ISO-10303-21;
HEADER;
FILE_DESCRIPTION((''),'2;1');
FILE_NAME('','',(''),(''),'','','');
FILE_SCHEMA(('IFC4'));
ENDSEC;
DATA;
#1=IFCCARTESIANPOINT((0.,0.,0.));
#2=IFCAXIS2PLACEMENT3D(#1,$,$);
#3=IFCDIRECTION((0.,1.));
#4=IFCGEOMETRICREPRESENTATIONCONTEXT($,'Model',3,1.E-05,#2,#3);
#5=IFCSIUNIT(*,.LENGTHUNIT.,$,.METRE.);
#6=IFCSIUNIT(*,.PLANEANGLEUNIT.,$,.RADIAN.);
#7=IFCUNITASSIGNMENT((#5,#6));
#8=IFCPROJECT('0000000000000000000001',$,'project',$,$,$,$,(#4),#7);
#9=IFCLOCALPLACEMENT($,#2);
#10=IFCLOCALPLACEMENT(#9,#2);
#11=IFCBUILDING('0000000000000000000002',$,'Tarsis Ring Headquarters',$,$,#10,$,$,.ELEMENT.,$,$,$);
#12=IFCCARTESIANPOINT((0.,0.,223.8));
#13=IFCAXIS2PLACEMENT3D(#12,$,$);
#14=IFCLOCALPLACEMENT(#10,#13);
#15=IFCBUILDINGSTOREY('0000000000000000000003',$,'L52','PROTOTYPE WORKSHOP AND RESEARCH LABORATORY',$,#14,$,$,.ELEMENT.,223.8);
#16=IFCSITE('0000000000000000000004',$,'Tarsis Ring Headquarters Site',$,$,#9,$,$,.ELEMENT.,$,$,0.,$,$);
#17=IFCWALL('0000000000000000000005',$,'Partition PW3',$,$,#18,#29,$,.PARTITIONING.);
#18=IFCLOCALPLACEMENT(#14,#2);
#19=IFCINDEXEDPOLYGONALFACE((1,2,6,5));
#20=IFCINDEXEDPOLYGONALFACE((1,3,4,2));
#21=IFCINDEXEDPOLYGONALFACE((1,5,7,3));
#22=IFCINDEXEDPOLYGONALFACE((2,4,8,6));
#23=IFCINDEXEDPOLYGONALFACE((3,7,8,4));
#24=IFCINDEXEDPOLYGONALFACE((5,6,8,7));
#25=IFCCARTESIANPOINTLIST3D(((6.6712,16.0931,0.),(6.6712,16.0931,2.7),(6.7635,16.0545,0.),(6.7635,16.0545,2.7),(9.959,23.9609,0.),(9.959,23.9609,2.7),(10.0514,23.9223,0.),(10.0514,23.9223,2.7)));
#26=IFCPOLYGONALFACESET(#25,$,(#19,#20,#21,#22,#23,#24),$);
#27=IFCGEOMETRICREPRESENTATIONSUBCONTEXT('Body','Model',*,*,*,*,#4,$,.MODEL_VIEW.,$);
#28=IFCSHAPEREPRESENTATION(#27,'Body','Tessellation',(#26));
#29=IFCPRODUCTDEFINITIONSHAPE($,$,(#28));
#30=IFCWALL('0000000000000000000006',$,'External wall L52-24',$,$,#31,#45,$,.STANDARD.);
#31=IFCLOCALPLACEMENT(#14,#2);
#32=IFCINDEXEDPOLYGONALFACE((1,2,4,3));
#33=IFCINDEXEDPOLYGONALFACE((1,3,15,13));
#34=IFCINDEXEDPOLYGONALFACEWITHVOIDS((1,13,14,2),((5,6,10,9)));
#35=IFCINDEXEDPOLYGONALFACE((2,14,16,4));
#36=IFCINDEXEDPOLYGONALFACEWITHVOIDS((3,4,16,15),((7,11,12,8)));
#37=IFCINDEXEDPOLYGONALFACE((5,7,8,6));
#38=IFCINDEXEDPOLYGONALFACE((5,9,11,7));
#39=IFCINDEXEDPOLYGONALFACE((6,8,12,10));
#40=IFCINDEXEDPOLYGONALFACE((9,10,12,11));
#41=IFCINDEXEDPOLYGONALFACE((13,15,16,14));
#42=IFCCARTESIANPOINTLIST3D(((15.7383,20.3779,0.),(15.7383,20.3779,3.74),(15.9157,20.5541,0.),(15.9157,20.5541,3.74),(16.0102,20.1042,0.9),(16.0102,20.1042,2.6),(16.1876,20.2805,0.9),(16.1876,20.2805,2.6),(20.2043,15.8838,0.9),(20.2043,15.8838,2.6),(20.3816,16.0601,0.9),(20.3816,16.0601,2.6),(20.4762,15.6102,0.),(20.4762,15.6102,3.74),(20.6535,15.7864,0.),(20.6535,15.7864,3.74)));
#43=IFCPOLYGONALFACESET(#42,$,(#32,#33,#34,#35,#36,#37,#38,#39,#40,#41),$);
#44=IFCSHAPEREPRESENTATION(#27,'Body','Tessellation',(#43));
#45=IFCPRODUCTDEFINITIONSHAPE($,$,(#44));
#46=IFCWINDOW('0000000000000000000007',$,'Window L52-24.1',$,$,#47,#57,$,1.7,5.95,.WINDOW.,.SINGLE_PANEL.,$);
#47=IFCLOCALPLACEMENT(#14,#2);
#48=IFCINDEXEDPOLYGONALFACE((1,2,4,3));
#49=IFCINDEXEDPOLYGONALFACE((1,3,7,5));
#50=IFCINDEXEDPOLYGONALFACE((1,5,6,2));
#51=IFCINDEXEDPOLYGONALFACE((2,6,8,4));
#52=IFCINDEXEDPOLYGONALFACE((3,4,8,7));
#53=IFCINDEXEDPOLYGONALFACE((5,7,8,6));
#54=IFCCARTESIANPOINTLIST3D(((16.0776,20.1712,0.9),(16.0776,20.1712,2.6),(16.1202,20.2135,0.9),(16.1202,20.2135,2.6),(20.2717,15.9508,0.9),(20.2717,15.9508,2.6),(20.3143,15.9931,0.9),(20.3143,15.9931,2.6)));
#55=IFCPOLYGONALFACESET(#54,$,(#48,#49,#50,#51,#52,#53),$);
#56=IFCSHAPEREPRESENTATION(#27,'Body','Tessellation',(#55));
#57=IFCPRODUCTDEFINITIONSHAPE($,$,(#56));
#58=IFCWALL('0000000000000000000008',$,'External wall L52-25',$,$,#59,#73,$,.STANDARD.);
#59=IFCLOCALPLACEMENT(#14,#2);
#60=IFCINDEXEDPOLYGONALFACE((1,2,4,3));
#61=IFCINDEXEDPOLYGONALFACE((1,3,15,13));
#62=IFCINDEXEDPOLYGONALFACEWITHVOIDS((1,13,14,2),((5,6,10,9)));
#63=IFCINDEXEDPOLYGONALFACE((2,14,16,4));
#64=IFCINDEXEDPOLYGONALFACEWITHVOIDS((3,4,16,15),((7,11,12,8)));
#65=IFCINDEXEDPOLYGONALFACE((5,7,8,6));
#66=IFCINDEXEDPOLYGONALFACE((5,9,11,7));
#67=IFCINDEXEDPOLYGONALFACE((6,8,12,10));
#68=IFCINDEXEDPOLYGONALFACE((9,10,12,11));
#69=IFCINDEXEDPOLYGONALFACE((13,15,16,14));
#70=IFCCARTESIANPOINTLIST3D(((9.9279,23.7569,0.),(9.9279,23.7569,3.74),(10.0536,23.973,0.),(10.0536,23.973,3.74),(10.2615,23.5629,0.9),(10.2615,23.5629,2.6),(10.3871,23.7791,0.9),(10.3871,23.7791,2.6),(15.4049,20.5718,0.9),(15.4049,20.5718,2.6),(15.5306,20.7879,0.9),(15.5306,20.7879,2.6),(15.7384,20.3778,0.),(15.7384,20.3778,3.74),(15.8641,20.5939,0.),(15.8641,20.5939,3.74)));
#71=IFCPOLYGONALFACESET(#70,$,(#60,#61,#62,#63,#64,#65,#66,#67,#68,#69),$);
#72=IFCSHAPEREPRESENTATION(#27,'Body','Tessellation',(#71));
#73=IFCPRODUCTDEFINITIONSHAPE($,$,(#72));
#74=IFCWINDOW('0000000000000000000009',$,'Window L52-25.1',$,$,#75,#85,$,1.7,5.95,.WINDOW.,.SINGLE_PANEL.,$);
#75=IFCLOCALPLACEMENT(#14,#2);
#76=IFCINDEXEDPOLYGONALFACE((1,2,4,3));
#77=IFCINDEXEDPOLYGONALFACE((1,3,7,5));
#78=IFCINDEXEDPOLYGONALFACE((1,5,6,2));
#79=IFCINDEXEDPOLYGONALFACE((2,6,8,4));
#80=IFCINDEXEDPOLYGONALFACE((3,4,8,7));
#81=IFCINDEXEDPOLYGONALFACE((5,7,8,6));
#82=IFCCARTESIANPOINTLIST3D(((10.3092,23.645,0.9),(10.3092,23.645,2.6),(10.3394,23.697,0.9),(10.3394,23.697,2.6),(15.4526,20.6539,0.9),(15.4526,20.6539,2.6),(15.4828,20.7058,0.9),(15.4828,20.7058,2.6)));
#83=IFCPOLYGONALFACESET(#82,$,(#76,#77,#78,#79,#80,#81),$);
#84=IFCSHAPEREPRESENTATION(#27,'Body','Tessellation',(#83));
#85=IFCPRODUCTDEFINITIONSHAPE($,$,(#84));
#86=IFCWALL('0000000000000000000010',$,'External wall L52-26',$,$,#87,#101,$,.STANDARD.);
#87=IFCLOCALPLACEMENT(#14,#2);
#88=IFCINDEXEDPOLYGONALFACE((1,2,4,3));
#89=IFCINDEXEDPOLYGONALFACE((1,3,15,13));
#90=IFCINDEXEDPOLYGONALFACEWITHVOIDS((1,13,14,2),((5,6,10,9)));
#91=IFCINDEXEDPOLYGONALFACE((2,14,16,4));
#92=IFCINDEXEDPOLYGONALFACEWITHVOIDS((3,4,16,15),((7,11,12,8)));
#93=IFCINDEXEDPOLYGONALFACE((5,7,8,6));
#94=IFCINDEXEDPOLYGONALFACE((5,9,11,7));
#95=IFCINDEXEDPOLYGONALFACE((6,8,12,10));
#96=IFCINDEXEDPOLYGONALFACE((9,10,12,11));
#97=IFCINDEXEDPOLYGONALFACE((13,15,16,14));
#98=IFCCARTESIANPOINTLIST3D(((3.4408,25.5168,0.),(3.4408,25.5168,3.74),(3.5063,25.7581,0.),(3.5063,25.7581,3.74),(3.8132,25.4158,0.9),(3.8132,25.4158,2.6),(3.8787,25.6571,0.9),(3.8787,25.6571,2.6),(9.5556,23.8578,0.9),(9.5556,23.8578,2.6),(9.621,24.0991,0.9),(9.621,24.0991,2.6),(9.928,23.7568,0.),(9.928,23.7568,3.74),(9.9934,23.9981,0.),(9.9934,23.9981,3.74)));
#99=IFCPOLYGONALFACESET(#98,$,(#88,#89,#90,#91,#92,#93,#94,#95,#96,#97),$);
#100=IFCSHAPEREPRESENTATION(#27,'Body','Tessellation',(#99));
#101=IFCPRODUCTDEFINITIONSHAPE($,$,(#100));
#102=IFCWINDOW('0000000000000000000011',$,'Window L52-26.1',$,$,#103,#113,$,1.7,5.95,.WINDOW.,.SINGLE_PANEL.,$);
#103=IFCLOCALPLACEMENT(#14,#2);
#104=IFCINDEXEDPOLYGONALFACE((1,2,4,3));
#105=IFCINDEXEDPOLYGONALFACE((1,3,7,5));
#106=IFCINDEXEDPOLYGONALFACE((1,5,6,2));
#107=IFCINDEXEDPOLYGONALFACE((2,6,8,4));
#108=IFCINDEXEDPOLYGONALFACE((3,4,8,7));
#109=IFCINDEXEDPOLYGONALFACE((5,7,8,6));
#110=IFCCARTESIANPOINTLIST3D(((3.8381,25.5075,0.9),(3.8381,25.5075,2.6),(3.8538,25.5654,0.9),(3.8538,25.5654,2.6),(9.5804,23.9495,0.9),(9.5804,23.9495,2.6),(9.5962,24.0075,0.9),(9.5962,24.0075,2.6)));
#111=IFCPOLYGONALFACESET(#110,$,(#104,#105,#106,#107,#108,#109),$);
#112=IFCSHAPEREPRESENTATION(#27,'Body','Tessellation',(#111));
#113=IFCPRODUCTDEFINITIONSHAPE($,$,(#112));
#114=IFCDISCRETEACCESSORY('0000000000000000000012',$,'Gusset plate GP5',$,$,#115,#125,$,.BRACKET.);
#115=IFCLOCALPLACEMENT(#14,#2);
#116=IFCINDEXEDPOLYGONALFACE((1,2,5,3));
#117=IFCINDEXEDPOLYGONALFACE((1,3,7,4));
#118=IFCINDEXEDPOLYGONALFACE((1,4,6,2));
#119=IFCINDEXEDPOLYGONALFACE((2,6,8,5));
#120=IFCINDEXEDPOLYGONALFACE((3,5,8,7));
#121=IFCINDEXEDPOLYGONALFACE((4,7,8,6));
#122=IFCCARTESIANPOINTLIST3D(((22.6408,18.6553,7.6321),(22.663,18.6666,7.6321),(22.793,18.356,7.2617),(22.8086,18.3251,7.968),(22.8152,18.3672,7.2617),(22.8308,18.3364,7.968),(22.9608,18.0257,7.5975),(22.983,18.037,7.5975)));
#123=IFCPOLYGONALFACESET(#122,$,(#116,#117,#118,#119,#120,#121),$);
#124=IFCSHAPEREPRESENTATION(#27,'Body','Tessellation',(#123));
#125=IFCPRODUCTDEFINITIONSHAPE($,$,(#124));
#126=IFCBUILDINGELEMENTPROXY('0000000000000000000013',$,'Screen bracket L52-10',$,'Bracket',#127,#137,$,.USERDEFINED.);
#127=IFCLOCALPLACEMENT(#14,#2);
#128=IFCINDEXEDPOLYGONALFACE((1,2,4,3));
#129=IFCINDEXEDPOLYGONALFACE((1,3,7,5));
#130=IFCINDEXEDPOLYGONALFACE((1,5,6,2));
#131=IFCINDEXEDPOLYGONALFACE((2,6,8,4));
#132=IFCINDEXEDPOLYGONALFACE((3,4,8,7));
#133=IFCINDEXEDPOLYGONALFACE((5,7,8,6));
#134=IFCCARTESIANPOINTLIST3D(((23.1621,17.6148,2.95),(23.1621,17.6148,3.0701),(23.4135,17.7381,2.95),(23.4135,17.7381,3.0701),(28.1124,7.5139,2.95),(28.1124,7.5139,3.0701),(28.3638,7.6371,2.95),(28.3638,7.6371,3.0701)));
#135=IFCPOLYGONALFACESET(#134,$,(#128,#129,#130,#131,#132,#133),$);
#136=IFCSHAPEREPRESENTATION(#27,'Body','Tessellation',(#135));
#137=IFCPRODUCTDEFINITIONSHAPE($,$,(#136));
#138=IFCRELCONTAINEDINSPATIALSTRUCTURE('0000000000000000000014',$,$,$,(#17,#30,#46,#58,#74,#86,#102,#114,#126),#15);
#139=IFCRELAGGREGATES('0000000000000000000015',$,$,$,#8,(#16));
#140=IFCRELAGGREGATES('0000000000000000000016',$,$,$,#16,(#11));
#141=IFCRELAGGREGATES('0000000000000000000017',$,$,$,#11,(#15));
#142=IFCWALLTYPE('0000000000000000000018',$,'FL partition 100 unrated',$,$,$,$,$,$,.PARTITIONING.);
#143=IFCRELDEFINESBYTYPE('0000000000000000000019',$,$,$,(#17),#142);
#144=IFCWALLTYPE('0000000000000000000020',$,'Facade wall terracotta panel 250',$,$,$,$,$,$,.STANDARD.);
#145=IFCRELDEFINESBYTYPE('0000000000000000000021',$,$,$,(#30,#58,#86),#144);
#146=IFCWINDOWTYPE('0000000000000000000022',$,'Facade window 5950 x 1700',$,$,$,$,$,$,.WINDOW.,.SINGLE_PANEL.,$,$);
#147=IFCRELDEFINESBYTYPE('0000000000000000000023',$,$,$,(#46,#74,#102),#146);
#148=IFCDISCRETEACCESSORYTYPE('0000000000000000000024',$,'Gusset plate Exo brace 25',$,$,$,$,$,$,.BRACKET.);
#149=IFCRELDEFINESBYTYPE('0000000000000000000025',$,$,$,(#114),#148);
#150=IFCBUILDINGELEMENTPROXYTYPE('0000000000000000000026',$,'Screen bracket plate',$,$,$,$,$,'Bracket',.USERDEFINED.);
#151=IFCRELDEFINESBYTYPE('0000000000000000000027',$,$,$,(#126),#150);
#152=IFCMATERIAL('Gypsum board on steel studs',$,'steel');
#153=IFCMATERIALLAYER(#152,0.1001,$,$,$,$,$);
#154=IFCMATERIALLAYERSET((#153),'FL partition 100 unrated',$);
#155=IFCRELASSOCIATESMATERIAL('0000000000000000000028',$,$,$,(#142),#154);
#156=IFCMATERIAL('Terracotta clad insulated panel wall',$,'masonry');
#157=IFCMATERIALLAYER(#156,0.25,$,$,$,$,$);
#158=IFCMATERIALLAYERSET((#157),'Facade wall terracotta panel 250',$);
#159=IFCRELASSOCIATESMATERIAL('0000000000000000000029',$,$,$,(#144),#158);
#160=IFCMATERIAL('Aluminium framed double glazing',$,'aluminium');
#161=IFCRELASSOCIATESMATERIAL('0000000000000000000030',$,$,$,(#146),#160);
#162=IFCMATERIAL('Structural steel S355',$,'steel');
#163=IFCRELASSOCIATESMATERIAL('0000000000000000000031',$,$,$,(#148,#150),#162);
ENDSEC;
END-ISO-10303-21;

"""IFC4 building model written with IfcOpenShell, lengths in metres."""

from ifc_helpers import new_model, si_unit, direction, frame, frame_2d, origin, origin_2d, place, context, subcontext, project, spatial, rectangle, extrude, material, layer, layer_set, material_profile, profile_set, type_object, element, fill, save


model = new_model("IFC4")

# Units and contexts
model_context = context("Model", 3, precision=1e-05, world=origin(), true_north=direction((0.0, 1.0)))
body_context = subcontext(model_context, "Body", "Model", "MODEL_VIEW")
ifc_project = project(units=[si_unit("LENGTHUNIT", "METRE"), si_unit("PLANEANGLEUNIT", "RADIAN")], contexts=[model_context])

# Site, building, storey
site_placement = place(None, origin())
site = spatial("IfcSite", under=ifc_project, at=site_placement, Name="Tarsis Ring Headquarters Site", CompositionType="ELEMENT", RefElevation=0.0)
building_placement = place(site_placement, origin())
building = spatial("IfcBuilding", under=site, at=building_placement, Name="Tarsis Ring Headquarters", CompositionType="ELEMENT")
storey_placement = place(building_placement, frame((0.0, 0.0, 223.8)))
storey = spatial("IfcBuildingStorey", under=building, at=storey_placement, Name="L52", Description="PROTOTYPE WORKSHOP AND RESEARCH LABORATORY", CompositionType="ELEMENT", Elevation=223.8)

# Shared definitions
ifc_material_1 = material(Name="Structural steel S355", Category="steel")

# Wall
ifc_material_2 = material(Name="Gypsum board on steel studs", Category="steel")
ifc_layer_1 = layer(ifc_material_2, 0.1001)
ifc_layer_set_1 = layer_set([ifc_layer_1], Name="FL partition 100 unrated")
wall_type_1 = type_object("IfcWallType", Name="FL partition 100 unrated", PredefinedType="PARTITIONING", material=ifc_layer_set_1)
wall_1_placement = place(storey_placement, frame((6.7173, 16.0737, 0.0), z_axis=(0.0, 0.0, 1.0), x_axis=(0.385579, 0.922675, 0.0)))
element("IfcWall", 1, at=wall_1_placement, inside=storey, type_object=wall_type_1, Name="Partition PW3", PredefinedType="PARTITIONING", context=body_context, shape_type="SweptSolid", body=[
    extrude(rectangle(XDim=8.5271, YDim=0.1001, at=frame_2d((4.2637, 0.0))), origin(), (0.0, 0.0, 1.0), 2.7),
])

# Walls, openings, windows
ifc_material_3 = material(Name="Terracotta clad insulated panel wall", Category="masonry")
ifc_layer_2 = layer(ifc_material_3, 0.25)
ifc_layer_set_2 = layer_set([ifc_layer_2], Name="Facade wall terracotta panel 250")
wall_type_2 = type_object("IfcWallType", Name="Facade wall terracotta panel 250", PredefinedType="STANDARD", material=ifc_layer_set_2)
wall_2_placement = place(storey_placement, frame((20.5649, 15.6982, 0.0), z_axis=(0.0, 0.0, 1.0), x_axis=(-0.704888, 0.709319, 0.0)))
wall_2 = element("IfcWall", 2, at=wall_2_placement, inside=storey, type_object=wall_type_2, Name="External wall L52-24", PredefinedType="STANDARD", context=body_context, shape_type="SweptSolid", body=[
    extrude(rectangle(XDim=6.7214, YDim=0.25, at=frame_2d((3.3608, 0.0))), origin(), (0.0, 0.0, 1.0), 3.74),
])
opening_1_placement = place(wall_2_placement, frame((0.3857, 0.0, 0.8999)))
opening_1 = element("IfcOpeningElement", 3, at=opening_1_placement, cuts=wall_2, PredefinedType="OPENING", context=body_context, shape_type="SweptSolid", body=[
    extrude(rectangle(XDim=5.95, YDim=1.7, at=frame_2d((2.9751, 0.8501))), frame((0.0, 0.135, 0.0), z_axis=(0.0, -1.0, 0.0), x_axis=(1.0, 0.0, 0.0)), (0.0, 0.0, 1.0), 0.27),
])
ifc_material_4 = material(Name="Aluminium framed double glazing", Category="aluminium")
window_type = type_object("IfcWindowType", Name="Facade window 5950 x 1700", PartitioningType="SINGLE_PANEL", PredefinedType="WINDOW", material=ifc_material_4)
window_1_placement = place(opening_1_placement, origin())
window_1 = element("IfcWindow", 4, at=window_1_placement, inside=storey, type_object=window_type, Name="Window L52-24.1", OverallHeight=1.7, OverallWidth=5.95, PartitioningType="SINGLE_PANEL", PredefinedType="WINDOW", context=body_context, shape_type="SweptSolid", body=[
    extrude(rectangle(XDim=5.95, YDim=1.7, at=frame_2d((2.9751, 0.8501))), frame((0.0, 0.03, 0.0), z_axis=(0.0, -1.0, 0.0), x_axis=(1.0, 0.0, 0.0)), (0.0, 0.0, 1.0), 0.0601),
])
fill(opening_1, window_1)
wall_3_placement = place(storey_placement, frame((15.8013, 20.4858, 0.0), z_axis=(0.0, 0.0, 1.0), x_axis=(-0.864447, 0.502723, 0.0)))
wall_3 = element("IfcWall", 5, at=wall_3_placement, inside=storey, type_object=wall_type_2, Name="External wall L52-25", PredefinedType="STANDARD", context=body_context, shape_type="SweptSolid", body=[
    extrude(rectangle(XDim=6.7217, YDim=0.25, at=frame_2d((3.3608, 0.0))), origin(), (0.0, 0.0, 1.0), 3.74),
])
opening_2_placement = place(wall_3_placement, frame((0.3857, 0.0, 0.8999)))
opening_2 = element("IfcOpeningElement", 6, at=opening_2_placement, cuts=wall_3, PredefinedType="OPENING", context=body_context, shape_type="SweptSolid", body=[
    extrude(rectangle(XDim=5.95, YDim=1.7, at=frame_2d((2.9751, 0.8501))), frame((0.0, 0.135, 0.0), z_axis=(0.0, -1.0, 0.0), x_axis=(1.0, 0.0, 0.0)), (0.0, 0.0, 1.0), 0.27),
])
window_2_placement = place(opening_2_placement, origin())
window_2 = element("IfcWindow", 7, at=window_2_placement, inside=storey, type_object=window_type, Name="Window L52-25.1", OverallHeight=1.7, OverallWidth=5.95, PartitioningType="SINGLE_PANEL", PredefinedType="WINDOW", context=body_context, shape_type="SweptSolid", body=[
    extrude(rectangle(XDim=5.95, YDim=1.7, at=frame_2d((2.9751, 0.8501))), frame((0.0, 0.03, 0.0), z_axis=(0.0, -1.0, 0.0), x_axis=(1.0, 0.0, 0.0)), (0.0, 0.0, 1.0), 0.0601),
])
fill(opening_2, window_2)
wall_4_placement = place(storey_placement, frame((9.9607, 23.8774, 0.0), z_axis=(0.0, 0.0, 1.0), x_axis=(-0.96511, 0.261845, 0.0)))
wall_4 = element("IfcWall", 8, at=wall_4_placement, inside=storey, type_object=wall_type_2, Name="External wall L52-26", PredefinedType="STANDARD", context=body_context, shape_type="SweptSolid", body=[
    extrude(rectangle(XDim=6.7217, YDim=0.25, at=frame_2d((3.3608, 0.0))), origin(), (0.0, 0.0, 1.0), 3.74),
])
opening_3_placement = place(wall_4_placement, frame((0.3857, 0.0, 0.8999)))
opening_3 = element("IfcOpeningElement", 9, at=opening_3_placement, cuts=wall_4, PredefinedType="OPENING", context=body_context, shape_type="SweptSolid", body=[
    extrude(rectangle(XDim=5.95, YDim=1.7, at=frame_2d((2.9751, 0.8501))), frame((0.0, 0.135, 0.0), z_axis=(0.0, -1.0, 0.0), x_axis=(1.0, 0.0, 0.0)), (0.0, 0.0, 1.0), 0.27),
])
window_3_placement = place(opening_3_placement, origin())
window_3 = element("IfcWindow", 10, at=window_3_placement, inside=storey, type_object=window_type, Name="Window L52-26.1", OverallHeight=1.7, OverallWidth=5.95, PartitioningType="SINGLE_PANEL", PredefinedType="WINDOW", context=body_context, shape_type="SweptSolid", body=[
    extrude(rectangle(XDim=5.95, YDim=1.7, at=frame_2d((2.9751, 0.8501))), frame((0.0, 0.03, 0.0), z_axis=(0.0, -1.0, 0.0), x_axis=(1.0, 0.0, 0.0)), (0.0, 0.0, 1.0), 0.0601),
])
fill(opening_3, window_3)

# Discrete accessory
ifc_material_profile_1 = material_profile(ifc_material_1, rectangle(XDim=0.0249, YDim=0.5, at=origin_2d()), Name="PL 25x500")
ifc_profile_set_1 = profile_set([ifc_material_profile_1], Name="Structural steel S355")
discrete_accessory_type = type_object("IfcDiscreteAccessoryType", Name="Gusset plate Exo brace 25", PredefinedType="BRACKET", material=ifc_profile_set_1)
discrete_accessory_placement = place(storey_placement, frame((22.7358, 18.4958, 7.8), z_axis=(0.304265, -0.598762, -0.740883), x_axis=(0.8915, 0.453021, 0.0)))
element("IfcDiscreteAccessory", 11, at=discrete_accessory_placement, inside=storey, type_object=discrete_accessory_type, Name="Gusset plate GP5", PredefinedType="BRACKET", context=body_context, shape_type="SweptSolid", body=[
    extrude(rectangle(XDim=0.0249, YDim=0.5, at=origin_2d()), origin(), (0.0, 0.0, 1.0), 0.5),
])

# Building element proxy
building_element_proxy_type = type_object("IfcBuildingElementProxyType", Name="Screen bracket plate", ElementType="Bracket", PredefinedType="USERDEFINED", material=ifc_material_1)
proxy_placement = place(storey_placement, frame((25.7629, 12.626, 2.95), z_axis=(0.0, 0.0, 1.0), x_axis=(-0.440076, 0.89796, 0.0)))
element("IfcBuildingElementProxy", 12, at=proxy_placement, inside=storey, type_object=building_element_proxy_type, Name="Screen bracket L52-10", ObjectType="Bracket", PredefinedType="USERDEFINED", context=body_context, shape_type="SweptSolid", body=[
    extrude(rectangle(XDim=11.2488, YDim=0.28, at=origin_2d()), origin(), (0.0, 0.0, 1.0), 0.1201),
])

save(model, "model.ifc")
